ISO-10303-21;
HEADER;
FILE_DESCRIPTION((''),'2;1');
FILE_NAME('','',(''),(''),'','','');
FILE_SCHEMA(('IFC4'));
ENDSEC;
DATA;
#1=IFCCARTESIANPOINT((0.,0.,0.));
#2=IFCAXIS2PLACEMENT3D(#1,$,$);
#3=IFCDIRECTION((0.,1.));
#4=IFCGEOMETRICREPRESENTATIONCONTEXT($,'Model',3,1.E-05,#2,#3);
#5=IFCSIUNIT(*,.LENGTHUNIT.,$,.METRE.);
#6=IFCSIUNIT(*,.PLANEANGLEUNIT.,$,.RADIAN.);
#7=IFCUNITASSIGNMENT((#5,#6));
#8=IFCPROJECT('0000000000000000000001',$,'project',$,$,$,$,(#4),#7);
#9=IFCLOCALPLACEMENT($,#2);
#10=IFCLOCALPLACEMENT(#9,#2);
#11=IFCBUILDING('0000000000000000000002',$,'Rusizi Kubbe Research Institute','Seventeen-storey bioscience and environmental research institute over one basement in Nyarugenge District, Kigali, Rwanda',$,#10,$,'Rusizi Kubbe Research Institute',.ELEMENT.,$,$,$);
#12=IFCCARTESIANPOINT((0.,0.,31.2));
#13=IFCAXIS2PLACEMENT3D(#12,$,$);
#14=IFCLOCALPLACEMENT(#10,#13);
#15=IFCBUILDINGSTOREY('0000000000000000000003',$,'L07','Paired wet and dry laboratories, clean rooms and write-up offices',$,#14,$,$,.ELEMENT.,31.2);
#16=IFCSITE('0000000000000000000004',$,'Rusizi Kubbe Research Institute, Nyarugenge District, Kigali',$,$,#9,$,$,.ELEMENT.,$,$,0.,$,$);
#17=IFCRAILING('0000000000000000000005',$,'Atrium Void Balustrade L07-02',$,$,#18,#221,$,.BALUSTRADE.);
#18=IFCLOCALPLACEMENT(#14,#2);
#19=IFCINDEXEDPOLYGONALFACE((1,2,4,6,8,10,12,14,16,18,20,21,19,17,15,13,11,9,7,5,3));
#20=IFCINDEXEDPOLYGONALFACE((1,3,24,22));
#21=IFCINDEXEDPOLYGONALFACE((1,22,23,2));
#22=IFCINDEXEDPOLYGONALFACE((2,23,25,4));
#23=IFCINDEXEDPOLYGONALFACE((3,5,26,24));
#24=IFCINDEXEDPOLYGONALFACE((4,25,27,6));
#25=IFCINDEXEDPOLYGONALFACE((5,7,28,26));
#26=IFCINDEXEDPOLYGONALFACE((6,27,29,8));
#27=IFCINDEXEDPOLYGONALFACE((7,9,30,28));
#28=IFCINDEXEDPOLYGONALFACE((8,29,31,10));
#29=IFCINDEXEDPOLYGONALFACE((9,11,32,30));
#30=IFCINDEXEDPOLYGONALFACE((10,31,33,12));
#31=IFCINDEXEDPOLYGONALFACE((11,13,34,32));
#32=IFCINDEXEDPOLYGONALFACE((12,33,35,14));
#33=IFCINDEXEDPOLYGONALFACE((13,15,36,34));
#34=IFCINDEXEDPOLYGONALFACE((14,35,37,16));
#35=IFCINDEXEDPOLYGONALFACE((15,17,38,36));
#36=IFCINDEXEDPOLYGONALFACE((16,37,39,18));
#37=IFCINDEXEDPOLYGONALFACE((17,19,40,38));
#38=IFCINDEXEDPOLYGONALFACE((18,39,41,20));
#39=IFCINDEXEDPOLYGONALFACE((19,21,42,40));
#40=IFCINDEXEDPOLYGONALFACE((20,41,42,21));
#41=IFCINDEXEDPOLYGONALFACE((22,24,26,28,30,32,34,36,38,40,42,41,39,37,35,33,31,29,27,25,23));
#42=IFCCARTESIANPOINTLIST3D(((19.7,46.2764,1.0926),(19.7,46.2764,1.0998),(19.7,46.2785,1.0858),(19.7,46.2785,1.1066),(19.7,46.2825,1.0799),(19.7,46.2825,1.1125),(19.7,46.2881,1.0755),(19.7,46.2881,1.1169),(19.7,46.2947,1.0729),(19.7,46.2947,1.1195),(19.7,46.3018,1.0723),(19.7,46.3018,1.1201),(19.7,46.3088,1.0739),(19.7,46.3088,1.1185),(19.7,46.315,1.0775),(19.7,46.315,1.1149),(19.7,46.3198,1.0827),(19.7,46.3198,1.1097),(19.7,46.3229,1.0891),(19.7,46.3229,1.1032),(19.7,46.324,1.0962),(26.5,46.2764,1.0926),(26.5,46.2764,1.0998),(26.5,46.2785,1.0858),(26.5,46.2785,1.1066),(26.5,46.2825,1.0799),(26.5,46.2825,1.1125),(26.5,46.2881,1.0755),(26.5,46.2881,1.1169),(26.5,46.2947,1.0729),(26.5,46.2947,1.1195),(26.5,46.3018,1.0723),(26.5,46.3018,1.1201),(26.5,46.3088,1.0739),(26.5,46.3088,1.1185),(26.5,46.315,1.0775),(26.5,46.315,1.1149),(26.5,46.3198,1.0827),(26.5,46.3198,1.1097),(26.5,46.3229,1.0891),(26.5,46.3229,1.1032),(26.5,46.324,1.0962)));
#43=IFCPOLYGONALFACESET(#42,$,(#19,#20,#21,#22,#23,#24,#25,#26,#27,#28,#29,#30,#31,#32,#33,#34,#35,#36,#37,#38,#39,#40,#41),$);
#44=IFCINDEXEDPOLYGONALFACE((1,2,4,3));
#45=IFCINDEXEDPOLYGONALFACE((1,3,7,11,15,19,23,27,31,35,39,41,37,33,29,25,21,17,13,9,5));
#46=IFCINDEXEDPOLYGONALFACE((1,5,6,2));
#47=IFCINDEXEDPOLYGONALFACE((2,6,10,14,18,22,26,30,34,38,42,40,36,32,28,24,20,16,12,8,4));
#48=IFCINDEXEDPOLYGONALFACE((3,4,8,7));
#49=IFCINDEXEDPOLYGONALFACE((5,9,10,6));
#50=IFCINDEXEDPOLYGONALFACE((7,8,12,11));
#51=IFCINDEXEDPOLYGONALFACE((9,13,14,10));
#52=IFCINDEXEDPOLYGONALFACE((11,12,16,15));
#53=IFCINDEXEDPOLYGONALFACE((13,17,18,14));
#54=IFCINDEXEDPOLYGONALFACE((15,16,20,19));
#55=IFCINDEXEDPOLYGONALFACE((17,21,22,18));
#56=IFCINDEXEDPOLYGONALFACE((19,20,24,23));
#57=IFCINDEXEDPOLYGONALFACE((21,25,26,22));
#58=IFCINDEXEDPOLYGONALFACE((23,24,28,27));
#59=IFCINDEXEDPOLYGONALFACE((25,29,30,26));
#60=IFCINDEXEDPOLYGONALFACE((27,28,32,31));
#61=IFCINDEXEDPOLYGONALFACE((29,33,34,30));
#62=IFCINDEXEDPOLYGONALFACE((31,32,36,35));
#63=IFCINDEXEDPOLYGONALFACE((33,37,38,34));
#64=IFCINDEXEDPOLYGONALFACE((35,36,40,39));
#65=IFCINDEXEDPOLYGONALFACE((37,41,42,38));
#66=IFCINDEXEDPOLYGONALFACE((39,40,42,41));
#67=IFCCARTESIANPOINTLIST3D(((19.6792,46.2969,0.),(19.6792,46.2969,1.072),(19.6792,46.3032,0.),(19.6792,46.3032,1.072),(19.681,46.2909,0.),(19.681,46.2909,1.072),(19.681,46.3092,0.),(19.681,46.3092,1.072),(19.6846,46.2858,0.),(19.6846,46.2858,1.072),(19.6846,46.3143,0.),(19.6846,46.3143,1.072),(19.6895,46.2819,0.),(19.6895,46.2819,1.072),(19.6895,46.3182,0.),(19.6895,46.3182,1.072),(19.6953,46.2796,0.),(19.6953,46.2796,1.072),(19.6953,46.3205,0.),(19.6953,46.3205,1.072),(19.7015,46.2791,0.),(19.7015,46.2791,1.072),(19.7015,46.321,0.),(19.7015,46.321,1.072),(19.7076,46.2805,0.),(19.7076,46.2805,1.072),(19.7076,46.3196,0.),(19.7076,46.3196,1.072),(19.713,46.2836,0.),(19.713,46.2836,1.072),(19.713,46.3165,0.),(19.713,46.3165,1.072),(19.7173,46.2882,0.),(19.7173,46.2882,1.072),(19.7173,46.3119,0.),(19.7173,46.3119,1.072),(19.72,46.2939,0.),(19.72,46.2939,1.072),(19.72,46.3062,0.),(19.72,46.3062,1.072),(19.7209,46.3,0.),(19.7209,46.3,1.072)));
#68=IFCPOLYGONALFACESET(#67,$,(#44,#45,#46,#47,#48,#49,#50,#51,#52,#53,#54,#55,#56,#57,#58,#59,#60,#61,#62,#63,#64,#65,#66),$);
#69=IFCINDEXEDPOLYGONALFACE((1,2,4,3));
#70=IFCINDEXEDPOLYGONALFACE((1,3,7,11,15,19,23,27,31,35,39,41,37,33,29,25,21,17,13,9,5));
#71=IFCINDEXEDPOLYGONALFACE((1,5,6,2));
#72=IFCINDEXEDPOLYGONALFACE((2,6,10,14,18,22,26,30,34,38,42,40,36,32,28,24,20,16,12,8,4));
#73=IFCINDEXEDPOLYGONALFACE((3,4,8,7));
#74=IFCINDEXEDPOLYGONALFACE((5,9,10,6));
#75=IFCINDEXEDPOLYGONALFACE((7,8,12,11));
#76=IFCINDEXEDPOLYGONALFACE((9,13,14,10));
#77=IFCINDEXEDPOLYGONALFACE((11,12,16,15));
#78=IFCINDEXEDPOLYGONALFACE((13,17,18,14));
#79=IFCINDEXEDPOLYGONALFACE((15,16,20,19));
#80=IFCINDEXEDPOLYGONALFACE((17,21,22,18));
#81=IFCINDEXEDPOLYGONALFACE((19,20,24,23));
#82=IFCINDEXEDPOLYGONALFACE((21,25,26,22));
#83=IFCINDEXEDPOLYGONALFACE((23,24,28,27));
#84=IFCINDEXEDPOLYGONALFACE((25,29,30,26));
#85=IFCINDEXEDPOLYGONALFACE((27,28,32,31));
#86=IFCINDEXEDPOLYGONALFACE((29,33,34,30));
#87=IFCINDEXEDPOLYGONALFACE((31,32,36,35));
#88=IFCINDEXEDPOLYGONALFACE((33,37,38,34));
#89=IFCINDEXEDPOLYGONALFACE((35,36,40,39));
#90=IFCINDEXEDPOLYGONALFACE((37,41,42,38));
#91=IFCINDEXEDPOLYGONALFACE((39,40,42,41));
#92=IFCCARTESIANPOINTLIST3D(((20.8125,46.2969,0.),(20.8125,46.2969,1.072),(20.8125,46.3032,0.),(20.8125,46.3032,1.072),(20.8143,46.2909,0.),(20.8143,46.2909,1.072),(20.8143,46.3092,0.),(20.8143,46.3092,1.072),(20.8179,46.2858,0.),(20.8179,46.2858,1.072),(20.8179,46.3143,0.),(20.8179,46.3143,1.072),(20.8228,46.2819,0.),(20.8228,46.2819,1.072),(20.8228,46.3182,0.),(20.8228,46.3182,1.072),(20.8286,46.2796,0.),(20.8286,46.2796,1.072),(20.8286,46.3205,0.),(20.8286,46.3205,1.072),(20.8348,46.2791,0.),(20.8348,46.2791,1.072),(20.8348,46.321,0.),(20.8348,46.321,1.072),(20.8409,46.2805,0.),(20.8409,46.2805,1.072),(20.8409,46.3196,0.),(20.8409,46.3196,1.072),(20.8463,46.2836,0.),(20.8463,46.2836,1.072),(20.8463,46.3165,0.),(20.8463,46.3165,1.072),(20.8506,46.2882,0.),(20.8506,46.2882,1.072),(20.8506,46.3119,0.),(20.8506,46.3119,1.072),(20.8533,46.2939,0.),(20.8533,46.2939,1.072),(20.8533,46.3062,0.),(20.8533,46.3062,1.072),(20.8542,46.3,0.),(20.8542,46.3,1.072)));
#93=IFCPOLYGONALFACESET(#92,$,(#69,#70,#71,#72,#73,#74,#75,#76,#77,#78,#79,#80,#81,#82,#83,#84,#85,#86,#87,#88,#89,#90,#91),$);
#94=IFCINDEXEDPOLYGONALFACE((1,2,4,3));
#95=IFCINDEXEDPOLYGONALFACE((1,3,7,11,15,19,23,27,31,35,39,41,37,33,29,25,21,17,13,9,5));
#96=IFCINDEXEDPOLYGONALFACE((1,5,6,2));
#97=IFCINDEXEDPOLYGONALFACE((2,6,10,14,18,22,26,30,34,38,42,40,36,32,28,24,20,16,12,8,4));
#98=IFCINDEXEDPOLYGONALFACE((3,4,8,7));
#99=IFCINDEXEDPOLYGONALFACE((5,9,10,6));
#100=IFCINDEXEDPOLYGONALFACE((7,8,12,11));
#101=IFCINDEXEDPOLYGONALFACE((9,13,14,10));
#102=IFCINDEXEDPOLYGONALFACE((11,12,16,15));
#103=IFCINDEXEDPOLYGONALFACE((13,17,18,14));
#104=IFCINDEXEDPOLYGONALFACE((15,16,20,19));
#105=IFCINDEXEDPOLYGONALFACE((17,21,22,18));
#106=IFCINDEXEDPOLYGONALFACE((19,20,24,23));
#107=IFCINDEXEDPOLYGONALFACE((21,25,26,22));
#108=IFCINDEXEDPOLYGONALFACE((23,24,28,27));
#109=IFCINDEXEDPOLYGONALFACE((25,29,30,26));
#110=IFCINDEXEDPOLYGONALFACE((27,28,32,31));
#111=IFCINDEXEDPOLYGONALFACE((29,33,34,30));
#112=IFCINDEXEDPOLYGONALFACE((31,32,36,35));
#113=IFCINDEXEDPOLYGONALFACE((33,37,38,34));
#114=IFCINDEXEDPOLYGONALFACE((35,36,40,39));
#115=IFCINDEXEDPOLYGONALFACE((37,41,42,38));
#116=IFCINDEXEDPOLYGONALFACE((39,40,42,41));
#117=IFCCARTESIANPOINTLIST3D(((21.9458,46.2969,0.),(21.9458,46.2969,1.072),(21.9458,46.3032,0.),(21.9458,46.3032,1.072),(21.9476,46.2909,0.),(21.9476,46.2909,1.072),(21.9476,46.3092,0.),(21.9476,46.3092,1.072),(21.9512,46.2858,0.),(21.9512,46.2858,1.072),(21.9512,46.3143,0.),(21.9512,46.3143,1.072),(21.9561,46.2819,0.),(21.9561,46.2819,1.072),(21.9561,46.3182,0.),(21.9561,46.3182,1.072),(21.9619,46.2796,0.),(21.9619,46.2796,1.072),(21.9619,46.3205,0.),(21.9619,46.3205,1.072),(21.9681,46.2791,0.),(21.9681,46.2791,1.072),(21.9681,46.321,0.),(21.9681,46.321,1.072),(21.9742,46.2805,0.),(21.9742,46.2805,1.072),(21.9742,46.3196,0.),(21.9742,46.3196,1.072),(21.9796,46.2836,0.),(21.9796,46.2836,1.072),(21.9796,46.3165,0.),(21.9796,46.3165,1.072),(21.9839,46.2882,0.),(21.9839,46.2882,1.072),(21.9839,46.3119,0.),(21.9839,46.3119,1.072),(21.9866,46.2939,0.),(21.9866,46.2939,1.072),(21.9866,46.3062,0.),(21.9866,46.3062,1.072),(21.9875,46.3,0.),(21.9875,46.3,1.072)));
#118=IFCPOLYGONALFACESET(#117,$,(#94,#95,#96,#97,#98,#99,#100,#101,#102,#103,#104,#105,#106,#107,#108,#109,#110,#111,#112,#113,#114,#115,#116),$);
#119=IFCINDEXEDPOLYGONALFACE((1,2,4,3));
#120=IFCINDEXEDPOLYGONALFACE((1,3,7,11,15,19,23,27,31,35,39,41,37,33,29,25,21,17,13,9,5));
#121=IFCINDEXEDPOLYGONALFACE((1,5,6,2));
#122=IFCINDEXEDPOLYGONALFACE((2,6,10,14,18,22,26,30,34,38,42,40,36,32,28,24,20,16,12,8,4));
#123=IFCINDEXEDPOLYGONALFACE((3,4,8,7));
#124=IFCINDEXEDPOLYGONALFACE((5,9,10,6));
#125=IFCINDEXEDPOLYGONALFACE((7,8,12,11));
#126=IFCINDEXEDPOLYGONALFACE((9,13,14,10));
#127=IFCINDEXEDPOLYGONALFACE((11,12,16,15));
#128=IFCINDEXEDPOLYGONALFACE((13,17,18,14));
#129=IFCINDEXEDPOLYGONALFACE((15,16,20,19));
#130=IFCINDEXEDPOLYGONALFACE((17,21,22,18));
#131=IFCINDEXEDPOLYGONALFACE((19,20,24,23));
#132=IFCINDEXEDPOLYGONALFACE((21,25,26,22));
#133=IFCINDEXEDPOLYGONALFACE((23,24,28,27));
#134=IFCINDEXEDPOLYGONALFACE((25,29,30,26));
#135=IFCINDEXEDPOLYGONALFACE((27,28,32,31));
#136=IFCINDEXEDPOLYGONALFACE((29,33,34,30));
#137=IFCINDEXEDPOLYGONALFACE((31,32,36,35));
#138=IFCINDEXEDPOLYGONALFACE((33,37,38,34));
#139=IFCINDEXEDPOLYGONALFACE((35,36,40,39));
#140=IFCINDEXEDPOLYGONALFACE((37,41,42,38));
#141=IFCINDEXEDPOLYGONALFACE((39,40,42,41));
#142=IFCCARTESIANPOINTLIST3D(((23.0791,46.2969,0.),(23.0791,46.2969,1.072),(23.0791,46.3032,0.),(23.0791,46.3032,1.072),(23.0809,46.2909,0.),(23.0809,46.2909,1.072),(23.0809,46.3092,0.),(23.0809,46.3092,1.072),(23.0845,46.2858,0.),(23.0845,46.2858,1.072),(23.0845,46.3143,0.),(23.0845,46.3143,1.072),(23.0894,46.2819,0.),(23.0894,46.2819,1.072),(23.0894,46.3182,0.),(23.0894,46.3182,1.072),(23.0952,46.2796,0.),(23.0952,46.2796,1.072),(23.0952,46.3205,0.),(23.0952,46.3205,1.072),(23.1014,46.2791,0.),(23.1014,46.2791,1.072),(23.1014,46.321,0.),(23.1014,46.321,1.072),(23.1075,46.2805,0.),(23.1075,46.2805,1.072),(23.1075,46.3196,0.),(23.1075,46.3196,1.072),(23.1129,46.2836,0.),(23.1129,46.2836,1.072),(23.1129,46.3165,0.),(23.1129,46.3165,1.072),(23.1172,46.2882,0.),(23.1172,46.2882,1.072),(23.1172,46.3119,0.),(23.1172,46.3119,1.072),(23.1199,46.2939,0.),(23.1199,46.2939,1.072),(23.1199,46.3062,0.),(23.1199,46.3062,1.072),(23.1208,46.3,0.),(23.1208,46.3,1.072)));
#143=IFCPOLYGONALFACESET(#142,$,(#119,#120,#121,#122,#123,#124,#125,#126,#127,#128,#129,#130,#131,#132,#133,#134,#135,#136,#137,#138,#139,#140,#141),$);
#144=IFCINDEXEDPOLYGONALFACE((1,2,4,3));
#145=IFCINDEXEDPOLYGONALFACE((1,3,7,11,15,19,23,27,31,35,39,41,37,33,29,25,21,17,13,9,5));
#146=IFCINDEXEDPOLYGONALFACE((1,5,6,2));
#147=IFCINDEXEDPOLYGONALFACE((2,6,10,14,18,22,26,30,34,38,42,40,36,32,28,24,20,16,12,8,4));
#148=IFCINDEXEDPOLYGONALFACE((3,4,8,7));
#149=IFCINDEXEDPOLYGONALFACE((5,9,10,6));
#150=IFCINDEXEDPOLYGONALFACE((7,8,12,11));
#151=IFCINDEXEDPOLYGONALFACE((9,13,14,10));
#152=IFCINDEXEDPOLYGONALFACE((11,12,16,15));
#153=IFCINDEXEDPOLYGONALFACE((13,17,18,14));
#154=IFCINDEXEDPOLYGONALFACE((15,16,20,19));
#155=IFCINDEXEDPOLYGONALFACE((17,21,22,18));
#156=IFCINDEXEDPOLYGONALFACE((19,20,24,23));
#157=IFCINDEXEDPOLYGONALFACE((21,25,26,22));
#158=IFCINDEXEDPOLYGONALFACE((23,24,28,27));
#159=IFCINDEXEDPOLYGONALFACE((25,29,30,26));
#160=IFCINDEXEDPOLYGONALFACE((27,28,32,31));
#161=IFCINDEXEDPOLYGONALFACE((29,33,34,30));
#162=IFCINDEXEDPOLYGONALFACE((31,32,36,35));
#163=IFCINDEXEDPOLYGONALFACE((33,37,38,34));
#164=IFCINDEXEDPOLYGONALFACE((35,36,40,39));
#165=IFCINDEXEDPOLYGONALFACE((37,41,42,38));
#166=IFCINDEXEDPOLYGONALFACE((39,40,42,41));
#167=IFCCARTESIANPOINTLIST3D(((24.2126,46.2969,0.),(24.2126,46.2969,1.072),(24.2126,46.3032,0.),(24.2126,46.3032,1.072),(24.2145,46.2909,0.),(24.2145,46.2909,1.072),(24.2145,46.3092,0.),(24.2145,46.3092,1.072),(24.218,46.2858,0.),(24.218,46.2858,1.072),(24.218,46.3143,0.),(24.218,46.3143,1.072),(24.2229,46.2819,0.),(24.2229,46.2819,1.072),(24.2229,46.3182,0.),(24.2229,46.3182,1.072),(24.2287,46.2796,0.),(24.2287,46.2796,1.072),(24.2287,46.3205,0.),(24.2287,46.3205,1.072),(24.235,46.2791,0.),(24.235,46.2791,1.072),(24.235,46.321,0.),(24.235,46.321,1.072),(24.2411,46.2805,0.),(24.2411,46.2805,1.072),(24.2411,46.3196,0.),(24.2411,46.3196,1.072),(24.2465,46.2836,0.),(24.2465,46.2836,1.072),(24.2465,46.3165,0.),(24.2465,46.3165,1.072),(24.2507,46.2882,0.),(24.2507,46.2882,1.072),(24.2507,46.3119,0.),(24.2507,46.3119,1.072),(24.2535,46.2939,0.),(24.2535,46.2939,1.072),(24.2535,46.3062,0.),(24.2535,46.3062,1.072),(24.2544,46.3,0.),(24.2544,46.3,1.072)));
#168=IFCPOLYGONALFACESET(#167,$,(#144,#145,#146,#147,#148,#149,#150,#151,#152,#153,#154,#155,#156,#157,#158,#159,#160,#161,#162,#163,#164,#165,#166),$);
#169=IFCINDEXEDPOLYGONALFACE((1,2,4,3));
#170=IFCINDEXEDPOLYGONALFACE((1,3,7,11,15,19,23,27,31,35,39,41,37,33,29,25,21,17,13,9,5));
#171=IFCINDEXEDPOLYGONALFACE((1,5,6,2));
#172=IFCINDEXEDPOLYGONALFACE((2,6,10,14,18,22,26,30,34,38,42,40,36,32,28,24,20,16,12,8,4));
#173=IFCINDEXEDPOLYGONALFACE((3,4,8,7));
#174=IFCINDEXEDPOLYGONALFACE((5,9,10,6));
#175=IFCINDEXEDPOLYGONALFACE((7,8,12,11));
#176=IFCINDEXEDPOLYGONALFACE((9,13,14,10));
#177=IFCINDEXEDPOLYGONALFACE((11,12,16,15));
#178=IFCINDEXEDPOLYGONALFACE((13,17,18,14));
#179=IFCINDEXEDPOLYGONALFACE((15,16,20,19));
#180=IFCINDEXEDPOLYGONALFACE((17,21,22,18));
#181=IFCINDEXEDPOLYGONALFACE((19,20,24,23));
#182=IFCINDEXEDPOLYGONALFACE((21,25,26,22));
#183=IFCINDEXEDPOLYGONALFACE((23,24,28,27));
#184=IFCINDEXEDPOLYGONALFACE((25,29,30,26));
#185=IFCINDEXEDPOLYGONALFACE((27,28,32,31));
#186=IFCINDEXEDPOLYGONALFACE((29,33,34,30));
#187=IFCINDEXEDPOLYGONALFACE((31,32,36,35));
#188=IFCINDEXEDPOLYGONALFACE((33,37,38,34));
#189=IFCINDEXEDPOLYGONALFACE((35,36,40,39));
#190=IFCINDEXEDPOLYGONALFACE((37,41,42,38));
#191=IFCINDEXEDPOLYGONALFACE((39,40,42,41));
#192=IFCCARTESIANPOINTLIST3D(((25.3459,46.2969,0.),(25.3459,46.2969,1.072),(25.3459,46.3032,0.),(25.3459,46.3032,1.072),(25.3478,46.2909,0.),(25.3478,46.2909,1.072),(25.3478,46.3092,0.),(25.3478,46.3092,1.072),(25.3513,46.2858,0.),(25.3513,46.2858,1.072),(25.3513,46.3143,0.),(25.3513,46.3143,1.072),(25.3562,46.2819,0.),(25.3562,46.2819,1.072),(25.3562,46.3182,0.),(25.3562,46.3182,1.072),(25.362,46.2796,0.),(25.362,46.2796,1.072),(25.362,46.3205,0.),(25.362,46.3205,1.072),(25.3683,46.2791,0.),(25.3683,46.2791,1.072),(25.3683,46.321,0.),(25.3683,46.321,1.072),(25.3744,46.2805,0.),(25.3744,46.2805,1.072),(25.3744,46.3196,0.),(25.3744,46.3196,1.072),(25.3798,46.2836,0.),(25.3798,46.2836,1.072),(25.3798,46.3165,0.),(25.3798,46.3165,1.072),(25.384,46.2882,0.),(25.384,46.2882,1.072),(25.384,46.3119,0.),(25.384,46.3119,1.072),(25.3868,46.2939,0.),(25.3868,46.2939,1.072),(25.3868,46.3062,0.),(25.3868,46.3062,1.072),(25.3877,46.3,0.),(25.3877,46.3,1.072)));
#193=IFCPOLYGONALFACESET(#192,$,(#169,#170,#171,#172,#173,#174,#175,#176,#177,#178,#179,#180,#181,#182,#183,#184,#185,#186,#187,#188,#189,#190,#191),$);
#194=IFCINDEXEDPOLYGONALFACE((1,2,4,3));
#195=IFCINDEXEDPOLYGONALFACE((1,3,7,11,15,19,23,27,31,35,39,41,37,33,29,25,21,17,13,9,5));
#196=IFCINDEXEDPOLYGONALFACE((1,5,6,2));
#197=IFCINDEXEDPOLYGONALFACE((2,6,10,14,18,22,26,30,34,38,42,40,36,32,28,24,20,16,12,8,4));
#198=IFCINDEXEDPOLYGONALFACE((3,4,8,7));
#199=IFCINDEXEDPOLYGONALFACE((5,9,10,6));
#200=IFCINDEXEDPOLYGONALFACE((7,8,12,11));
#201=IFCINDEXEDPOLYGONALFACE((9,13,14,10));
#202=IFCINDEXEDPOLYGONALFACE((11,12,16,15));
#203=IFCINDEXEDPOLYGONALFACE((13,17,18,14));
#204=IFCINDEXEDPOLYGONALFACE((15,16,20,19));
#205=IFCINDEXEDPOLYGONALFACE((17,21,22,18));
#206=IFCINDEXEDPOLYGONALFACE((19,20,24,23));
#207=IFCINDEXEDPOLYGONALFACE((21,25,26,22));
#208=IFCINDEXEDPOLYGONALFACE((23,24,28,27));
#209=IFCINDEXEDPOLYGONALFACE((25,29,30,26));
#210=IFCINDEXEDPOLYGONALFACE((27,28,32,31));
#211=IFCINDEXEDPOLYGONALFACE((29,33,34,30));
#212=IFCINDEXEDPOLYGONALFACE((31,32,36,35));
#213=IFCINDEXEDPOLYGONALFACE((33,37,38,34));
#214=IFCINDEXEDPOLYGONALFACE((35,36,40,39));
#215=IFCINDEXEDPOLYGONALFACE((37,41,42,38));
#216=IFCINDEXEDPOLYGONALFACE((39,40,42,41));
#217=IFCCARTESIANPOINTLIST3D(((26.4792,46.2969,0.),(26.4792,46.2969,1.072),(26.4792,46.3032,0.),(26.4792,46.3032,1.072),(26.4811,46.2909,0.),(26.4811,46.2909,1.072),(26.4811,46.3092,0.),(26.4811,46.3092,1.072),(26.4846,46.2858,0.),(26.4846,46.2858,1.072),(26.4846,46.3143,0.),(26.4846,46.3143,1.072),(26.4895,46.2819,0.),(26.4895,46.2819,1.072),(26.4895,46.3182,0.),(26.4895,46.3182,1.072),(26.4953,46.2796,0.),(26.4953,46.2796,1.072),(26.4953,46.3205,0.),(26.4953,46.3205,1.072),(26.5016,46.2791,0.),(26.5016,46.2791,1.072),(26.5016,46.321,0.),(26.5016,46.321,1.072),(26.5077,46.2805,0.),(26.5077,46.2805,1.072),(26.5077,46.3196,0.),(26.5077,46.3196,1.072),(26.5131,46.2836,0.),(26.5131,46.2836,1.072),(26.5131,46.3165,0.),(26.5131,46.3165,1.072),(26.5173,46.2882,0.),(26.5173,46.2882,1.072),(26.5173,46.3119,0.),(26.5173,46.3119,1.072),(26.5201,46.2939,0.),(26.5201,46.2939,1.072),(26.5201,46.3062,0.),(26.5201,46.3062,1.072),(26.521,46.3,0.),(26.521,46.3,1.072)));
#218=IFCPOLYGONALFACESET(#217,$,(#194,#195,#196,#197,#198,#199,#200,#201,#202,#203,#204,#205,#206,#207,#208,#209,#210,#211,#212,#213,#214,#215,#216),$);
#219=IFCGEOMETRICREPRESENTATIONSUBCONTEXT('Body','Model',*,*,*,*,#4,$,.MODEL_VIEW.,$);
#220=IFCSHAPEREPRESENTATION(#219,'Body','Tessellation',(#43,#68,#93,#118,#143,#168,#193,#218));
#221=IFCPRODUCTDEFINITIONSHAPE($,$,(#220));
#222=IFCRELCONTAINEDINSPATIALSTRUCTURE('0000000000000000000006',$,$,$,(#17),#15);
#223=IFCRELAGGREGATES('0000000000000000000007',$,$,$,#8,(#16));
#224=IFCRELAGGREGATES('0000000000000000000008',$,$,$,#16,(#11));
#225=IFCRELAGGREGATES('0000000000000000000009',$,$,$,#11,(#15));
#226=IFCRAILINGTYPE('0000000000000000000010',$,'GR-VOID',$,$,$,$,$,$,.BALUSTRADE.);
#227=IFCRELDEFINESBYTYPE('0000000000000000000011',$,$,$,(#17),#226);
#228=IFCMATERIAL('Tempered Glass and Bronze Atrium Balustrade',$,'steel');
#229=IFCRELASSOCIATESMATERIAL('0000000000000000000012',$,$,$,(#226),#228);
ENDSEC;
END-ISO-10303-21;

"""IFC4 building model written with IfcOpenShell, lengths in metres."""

from ifc_helpers import new_model, si_unit, direction, frame, origin, origin_2d, place, context, subcontext, project, spatial, circle, extrude, material, type_object, element, save


model = new_model("IFC4")

# Units and contexts
model_context = context("Model", 3, precision=1e-05, world=origin(), true_north=direction((0.0, 1.0)))
body_context = subcontext(model_context, "Body", "Model", "MODEL_VIEW")
ifc_project = project(units=[si_unit("LENGTHUNIT", "METRE"), si_unit("PLANEANGLEUNIT", "RADIAN")], contexts=[model_context])

# Site, building, storey
site_placement = place(None, origin())
site = spatial("IfcSite", under=ifc_project, at=site_placement, Name="Rusizi Kubbe Research Institute, Nyarugenge District, Kigali", CompositionType="ELEMENT", RefElevation=0.0)
building_placement = place(site_placement, origin())
building = spatial("IfcBuilding", under=site, at=building_placement, Name="Rusizi Kubbe Research Institute", Description="Seventeen-storey bioscience and environmental research institute over one basement in Nyarugenge District, Kigali, Rwanda", LongName="Rusizi Kubbe Research Institute", CompositionType="ELEMENT")
storey_placement = place(building_placement, frame((0.0, 0.0, 31.2)))
storey = spatial("IfcBuildingStorey", under=building, at=storey_placement, Name="L07", Description="Paired wet and dry laboratories, clean rooms and write-up offices", CompositionType="ELEMENT", Elevation=31.2)

# Railing
ifc_material_1 = material(Name="Tempered Glass and Bronze Atrium Balustrade", Category="steel")
railing_type = type_object("IfcRailingType", Name="GR-VOID", PredefinedType="BALUSTRADE", material=ifc_material_1)
railing_placement = place(storey_placement, frame((19.7, 46.3, 0.0)))
element("IfcRailing", 1, at=railing_placement, inside=storey, type_object=railing_type, Name="Atrium Void Balustrade L07-02", PredefinedType="BALUSTRADE", context=body_context, shape_type="SweptSolid", body=[
    extrude(circle(Radius=0.0239, at=origin_2d()), frame((0.0, 0.0, 1.0962), z_axis=(1.0, 0.0, 0.0), x_axis=(0.0, 1.0, 0.0)), (0.0, 0.0, 1.0), 6.8),
    extrude(circle(Radius=0.021, at=origin_2d()), origin(), (0.0, 0.0, 1.0), 1.072),
    extrude(circle(Radius=0.021, at=origin_2d()), frame((1.1333, 0.0, 0.0)), (0.0, 0.0, 1.0), 1.072),
    extrude(circle(Radius=0.021, at=origin_2d()), frame((2.2666, 0.0, 0.0)), (0.0, 0.0, 1.0), 1.072),
    extrude(circle(Radius=0.021, at=origin_2d()), frame((3.3999, 0.0, 0.0)), (0.0, 0.0, 1.0), 1.072),
    extrude(circle(Radius=0.021, at=origin_2d()), frame((4.5334, 0.0, 0.0)), (0.0, 0.0, 1.0), 1.072),
    extrude(circle(Radius=0.021, at=origin_2d()), frame((5.6667, 0.0, 0.0)), (0.0, 0.0, 1.0), 1.072),
    extrude(circle(Radius=0.021, at=origin_2d()), frame((6.8, 0.0, 0.0)), (0.0, 0.0, 1.0), 1.072),
])

save(model, "model.ifc")
